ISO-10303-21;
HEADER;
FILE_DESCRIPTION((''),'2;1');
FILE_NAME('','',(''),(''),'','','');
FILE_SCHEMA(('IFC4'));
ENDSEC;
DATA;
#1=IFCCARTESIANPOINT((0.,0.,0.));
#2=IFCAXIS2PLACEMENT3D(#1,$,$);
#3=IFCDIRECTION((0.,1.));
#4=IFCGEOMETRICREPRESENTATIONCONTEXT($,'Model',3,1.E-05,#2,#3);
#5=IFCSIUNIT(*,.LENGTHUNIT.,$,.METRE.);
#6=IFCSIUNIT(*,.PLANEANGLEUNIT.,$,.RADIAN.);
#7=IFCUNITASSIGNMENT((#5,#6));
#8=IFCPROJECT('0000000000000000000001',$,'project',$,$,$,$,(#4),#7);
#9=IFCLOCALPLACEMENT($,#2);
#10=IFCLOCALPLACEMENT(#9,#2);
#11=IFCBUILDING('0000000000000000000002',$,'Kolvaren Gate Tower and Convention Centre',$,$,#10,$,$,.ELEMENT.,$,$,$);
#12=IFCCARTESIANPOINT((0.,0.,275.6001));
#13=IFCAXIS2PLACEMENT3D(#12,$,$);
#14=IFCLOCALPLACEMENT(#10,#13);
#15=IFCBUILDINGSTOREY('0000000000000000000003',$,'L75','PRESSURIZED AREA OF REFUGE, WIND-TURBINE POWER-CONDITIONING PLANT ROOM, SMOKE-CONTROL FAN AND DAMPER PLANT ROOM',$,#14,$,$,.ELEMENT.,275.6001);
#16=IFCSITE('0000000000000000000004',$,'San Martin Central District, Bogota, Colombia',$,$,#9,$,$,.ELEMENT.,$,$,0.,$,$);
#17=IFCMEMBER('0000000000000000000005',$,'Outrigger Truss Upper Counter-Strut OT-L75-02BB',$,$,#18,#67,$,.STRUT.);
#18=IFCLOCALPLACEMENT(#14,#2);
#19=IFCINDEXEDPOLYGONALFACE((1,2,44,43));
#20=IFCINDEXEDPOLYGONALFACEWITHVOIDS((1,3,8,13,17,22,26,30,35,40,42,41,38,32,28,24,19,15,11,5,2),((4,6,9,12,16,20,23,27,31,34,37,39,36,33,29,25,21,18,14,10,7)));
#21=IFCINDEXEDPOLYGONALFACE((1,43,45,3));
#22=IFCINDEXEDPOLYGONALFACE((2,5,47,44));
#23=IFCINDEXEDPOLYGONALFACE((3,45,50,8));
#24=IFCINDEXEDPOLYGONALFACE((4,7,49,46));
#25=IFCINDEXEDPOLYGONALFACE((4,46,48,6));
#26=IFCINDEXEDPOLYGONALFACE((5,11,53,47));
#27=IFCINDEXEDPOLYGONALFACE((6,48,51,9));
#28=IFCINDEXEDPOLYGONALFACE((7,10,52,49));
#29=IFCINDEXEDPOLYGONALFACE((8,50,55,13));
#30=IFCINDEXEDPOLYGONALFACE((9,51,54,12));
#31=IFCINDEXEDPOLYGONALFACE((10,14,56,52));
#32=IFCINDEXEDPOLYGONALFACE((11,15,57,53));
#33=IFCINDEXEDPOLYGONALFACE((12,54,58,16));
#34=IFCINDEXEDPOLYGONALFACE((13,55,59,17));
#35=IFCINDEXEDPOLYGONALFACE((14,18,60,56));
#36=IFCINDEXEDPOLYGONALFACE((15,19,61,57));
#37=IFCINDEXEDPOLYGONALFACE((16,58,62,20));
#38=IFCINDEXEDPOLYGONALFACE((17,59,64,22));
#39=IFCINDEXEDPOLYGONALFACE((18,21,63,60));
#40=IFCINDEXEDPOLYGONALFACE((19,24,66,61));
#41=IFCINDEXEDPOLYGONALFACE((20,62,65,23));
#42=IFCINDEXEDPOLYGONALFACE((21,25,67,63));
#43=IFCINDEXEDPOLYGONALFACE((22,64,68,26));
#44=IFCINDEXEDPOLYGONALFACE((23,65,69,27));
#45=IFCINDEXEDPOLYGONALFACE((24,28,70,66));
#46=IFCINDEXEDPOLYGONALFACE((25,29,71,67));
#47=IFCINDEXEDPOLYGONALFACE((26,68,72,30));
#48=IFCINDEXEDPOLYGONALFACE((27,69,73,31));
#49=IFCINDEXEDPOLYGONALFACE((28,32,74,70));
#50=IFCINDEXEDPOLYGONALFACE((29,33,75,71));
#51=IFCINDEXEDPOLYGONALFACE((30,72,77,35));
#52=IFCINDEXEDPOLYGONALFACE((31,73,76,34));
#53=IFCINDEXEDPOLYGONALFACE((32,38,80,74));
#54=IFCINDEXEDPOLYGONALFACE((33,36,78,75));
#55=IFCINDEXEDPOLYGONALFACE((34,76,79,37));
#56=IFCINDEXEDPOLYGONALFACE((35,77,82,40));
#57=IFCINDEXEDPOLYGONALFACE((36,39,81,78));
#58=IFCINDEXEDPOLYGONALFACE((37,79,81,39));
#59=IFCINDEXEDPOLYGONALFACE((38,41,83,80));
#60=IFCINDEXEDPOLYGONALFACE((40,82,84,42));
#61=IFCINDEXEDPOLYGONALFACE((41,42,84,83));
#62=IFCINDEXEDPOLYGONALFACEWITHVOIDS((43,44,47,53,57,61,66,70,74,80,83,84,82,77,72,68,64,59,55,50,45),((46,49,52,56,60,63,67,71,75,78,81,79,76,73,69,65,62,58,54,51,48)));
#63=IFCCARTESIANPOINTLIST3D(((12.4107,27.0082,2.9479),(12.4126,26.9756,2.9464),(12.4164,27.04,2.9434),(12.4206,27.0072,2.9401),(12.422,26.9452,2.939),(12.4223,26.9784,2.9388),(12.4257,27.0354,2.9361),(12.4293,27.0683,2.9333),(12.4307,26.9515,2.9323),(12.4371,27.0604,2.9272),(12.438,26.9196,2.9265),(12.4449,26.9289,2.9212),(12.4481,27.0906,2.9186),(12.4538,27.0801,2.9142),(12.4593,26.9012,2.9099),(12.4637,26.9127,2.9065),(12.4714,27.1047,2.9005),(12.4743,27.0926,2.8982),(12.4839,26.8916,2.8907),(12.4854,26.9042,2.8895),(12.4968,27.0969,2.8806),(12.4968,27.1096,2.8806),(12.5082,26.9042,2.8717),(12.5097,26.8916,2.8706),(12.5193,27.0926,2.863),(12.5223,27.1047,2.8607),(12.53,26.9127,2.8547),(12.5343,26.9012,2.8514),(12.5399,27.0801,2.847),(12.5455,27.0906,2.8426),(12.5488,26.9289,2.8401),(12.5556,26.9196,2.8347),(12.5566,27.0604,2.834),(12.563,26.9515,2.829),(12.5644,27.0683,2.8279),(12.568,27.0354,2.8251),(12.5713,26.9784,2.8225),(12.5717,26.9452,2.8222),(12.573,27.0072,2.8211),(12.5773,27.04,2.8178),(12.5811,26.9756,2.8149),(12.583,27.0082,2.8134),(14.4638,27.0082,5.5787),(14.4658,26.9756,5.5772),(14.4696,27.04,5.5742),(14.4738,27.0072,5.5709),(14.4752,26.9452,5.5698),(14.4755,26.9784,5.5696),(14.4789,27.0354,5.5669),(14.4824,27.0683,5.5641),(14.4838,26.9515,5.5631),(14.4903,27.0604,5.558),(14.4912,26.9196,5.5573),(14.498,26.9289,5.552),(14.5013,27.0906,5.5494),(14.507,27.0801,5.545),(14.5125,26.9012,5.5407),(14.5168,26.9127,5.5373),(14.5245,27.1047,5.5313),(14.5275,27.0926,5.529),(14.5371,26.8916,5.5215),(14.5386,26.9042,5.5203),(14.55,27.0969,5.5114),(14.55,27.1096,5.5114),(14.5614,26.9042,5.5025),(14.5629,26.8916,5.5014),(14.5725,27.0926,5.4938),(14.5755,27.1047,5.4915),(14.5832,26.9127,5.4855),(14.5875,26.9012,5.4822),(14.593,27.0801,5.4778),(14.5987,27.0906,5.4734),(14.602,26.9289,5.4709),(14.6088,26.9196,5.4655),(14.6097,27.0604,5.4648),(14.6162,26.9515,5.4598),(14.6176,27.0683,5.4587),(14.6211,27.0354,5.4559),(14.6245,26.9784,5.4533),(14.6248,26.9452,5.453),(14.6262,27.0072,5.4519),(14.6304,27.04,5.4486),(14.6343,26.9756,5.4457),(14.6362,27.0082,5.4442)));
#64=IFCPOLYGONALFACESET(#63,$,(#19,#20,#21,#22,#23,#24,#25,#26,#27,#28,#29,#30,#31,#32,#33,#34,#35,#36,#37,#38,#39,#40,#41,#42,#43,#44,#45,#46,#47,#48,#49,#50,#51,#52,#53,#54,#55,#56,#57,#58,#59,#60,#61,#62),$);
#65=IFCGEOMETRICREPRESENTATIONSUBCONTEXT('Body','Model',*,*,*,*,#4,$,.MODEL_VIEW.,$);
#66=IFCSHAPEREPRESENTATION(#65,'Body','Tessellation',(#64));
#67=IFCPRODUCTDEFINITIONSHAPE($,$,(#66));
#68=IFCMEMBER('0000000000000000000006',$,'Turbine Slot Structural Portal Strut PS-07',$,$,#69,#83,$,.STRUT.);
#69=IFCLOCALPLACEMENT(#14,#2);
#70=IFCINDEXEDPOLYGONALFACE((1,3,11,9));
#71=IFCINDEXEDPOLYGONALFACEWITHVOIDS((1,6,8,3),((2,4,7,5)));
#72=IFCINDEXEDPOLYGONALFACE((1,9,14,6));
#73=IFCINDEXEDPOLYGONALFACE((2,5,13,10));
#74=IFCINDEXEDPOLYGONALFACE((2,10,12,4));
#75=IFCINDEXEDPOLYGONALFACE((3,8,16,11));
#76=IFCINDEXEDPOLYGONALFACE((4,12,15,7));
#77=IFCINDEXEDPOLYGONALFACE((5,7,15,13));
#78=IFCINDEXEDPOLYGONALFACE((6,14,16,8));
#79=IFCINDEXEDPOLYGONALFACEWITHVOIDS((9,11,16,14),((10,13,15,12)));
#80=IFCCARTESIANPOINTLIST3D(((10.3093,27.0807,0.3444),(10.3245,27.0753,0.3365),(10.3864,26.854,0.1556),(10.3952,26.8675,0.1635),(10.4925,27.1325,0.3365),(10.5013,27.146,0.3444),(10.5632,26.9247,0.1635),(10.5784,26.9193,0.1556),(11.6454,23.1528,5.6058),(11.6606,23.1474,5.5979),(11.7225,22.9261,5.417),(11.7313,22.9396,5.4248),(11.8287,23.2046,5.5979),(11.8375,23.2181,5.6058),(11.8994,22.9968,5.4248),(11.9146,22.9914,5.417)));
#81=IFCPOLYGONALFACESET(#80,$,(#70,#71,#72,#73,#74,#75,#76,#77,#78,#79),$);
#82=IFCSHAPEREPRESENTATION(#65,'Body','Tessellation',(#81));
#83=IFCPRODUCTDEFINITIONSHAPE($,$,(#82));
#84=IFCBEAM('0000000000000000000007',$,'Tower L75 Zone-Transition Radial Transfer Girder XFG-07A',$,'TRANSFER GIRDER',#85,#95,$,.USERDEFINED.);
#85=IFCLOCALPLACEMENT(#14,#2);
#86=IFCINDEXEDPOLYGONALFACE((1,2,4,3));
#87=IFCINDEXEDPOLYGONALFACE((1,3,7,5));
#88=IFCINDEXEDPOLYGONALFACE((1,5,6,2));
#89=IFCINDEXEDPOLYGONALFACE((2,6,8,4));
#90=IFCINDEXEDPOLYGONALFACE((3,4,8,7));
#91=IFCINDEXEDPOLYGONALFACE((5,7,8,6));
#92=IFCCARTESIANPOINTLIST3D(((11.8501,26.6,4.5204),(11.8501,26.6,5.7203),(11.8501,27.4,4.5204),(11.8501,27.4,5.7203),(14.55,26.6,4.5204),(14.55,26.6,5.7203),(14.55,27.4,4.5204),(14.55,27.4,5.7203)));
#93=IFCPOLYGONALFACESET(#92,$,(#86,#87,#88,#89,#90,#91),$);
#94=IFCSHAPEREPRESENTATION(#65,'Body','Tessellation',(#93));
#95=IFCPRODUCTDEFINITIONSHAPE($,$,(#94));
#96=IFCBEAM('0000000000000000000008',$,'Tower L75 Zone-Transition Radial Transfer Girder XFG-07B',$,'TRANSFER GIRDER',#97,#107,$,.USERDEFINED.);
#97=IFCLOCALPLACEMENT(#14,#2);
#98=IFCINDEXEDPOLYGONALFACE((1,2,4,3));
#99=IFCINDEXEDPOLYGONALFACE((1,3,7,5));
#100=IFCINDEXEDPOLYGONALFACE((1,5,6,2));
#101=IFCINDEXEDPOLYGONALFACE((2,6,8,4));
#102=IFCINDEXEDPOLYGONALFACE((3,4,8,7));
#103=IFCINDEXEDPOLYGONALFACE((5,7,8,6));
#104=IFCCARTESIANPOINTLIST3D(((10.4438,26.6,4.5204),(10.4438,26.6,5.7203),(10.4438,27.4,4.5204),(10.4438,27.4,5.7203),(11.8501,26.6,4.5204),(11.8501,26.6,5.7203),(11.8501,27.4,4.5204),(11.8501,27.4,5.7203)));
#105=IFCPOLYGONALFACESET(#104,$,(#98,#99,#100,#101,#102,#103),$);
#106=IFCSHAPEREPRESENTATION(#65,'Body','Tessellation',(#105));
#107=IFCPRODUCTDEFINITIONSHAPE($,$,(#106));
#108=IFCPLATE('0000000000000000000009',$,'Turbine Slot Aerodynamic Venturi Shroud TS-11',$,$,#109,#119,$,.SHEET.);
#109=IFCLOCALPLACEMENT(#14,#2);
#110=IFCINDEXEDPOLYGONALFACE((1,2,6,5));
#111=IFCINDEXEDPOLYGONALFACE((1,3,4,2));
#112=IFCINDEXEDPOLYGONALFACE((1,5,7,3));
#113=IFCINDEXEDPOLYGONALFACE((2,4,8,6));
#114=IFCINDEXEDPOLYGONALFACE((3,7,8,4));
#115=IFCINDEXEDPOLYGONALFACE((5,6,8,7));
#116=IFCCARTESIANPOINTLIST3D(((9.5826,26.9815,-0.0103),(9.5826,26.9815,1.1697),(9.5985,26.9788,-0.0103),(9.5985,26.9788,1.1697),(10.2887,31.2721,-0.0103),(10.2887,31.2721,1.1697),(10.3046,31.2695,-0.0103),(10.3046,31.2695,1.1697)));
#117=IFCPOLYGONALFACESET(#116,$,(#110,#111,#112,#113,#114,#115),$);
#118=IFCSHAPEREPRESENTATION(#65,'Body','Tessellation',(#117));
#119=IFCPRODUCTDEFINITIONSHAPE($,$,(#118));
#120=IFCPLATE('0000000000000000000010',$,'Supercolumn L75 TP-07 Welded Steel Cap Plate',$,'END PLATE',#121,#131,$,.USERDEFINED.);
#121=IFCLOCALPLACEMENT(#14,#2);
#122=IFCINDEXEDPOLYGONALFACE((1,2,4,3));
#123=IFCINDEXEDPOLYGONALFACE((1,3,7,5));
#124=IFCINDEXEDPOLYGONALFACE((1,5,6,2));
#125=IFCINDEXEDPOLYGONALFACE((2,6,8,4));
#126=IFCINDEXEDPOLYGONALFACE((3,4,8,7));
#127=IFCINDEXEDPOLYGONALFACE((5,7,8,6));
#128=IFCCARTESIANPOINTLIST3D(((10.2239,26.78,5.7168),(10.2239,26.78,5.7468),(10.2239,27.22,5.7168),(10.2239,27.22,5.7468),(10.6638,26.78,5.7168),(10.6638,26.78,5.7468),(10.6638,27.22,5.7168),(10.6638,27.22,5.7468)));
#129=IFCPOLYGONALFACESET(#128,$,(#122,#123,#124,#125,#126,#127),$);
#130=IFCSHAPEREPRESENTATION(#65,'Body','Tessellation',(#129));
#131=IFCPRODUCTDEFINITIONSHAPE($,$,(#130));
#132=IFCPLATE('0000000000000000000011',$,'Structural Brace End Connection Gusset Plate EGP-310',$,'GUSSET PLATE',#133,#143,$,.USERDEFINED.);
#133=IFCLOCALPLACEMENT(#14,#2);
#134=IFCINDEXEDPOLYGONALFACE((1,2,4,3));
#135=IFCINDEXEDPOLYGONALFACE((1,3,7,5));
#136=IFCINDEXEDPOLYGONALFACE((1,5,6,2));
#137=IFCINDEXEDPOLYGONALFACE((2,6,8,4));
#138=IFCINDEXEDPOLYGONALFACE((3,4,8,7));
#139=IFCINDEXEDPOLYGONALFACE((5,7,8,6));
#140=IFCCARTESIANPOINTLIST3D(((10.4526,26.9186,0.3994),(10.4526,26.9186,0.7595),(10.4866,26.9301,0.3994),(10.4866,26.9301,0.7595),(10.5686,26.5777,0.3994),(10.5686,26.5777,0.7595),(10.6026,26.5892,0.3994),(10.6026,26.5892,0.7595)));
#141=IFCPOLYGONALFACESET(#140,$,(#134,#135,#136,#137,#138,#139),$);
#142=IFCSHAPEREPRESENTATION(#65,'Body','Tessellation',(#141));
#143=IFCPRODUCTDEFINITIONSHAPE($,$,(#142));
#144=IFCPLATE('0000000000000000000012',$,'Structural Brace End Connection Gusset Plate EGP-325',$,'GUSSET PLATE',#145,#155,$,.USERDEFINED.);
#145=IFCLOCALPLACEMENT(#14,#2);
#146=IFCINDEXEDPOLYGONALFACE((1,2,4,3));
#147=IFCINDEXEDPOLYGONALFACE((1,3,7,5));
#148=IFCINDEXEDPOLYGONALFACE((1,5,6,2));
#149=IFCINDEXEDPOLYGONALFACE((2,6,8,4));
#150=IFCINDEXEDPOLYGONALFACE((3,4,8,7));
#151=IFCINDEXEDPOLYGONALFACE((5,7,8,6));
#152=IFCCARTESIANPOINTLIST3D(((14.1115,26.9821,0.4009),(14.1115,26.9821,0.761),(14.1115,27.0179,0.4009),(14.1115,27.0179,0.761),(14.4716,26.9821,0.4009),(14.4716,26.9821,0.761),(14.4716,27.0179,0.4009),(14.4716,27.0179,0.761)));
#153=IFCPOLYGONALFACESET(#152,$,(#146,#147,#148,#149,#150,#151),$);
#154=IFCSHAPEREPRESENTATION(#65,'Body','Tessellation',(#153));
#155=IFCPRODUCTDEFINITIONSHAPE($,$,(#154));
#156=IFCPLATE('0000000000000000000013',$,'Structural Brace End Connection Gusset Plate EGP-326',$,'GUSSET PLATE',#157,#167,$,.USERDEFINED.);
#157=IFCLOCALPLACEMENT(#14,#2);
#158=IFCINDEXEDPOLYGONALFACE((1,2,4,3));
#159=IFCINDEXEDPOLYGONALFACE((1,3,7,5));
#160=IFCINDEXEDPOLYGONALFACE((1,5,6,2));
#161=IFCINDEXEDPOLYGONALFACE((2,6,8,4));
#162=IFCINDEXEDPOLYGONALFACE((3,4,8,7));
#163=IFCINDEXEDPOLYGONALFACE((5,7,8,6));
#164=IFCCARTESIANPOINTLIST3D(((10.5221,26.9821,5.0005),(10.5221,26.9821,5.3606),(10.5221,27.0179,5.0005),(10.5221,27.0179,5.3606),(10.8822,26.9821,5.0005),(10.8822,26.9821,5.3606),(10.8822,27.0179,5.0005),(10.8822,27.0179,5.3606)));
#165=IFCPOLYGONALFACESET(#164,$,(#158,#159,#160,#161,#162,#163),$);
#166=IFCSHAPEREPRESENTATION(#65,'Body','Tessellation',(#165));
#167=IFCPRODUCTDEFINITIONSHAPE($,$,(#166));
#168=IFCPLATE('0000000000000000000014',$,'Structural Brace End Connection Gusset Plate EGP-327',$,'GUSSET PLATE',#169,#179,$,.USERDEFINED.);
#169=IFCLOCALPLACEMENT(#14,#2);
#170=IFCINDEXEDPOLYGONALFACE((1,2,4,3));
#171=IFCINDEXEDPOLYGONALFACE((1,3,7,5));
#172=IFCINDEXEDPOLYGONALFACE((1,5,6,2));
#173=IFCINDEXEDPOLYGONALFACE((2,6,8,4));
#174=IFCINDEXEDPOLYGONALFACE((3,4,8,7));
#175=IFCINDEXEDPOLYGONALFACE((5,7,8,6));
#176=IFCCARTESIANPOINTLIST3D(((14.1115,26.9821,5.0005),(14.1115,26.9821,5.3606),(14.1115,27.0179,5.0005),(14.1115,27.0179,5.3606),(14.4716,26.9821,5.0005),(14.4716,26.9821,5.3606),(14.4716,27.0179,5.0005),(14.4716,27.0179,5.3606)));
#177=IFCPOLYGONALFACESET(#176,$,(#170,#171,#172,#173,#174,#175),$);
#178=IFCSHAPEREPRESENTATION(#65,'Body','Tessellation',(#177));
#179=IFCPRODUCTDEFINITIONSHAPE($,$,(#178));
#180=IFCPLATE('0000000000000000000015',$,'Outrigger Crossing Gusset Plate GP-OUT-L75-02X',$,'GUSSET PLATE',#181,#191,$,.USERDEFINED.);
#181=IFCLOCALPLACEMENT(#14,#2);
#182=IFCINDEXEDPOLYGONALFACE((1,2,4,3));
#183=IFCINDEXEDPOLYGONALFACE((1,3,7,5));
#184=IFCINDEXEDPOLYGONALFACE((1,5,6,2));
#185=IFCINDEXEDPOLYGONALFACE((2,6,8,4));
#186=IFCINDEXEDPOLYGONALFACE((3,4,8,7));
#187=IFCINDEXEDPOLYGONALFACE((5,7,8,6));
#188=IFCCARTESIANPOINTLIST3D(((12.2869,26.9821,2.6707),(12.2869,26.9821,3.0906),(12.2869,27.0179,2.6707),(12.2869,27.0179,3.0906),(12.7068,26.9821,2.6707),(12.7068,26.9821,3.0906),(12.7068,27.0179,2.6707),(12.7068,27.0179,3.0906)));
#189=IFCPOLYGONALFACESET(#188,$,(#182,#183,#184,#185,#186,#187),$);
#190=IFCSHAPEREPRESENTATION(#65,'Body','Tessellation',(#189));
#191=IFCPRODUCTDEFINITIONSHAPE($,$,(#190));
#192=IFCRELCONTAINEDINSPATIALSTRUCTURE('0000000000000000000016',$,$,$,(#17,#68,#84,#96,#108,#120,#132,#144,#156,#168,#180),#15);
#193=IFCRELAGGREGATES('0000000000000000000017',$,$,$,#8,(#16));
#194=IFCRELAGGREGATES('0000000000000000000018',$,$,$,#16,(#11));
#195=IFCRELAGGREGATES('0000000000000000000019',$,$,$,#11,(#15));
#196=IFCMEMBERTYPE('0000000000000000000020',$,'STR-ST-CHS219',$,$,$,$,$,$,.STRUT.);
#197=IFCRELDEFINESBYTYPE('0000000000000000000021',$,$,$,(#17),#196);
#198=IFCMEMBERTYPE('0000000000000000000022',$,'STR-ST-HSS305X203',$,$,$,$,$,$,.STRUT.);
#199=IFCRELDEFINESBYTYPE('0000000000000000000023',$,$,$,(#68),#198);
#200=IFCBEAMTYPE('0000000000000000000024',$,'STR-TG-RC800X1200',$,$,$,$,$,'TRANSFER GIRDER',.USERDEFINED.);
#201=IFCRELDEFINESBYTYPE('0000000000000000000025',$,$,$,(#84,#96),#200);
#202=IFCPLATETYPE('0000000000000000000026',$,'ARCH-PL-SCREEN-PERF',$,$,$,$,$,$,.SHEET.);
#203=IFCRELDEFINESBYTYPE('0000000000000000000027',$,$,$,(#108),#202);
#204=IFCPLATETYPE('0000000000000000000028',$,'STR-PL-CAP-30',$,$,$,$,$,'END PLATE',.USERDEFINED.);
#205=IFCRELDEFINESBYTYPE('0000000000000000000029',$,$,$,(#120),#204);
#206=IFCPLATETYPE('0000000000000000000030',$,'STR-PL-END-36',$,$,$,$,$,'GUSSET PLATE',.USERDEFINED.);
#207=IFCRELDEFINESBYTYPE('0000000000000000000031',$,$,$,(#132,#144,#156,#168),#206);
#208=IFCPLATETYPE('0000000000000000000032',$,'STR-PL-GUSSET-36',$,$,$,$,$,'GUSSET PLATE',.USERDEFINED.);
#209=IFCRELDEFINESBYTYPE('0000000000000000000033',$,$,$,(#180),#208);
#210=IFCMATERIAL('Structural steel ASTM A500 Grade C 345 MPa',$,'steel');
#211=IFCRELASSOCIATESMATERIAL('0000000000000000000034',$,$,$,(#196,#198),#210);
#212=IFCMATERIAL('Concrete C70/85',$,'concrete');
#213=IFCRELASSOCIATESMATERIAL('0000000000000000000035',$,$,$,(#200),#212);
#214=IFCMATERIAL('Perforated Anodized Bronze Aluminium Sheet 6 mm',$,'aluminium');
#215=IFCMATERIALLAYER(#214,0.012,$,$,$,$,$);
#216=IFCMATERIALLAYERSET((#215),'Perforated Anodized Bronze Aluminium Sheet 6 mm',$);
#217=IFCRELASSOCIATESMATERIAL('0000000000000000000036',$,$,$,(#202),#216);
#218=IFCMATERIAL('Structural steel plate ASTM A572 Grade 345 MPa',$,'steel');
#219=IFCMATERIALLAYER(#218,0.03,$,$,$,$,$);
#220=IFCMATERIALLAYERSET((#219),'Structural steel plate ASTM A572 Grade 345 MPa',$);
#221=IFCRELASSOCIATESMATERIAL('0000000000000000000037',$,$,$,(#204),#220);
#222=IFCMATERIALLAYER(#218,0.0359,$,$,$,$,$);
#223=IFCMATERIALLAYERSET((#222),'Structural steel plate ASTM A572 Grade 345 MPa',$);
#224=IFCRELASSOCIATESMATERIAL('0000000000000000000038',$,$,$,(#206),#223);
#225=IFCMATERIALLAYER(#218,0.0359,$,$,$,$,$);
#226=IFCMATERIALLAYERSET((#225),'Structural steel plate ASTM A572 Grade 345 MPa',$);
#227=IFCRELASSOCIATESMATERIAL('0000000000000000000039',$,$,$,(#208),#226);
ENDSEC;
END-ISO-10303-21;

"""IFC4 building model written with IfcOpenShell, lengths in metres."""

from ifc_helpers import new_model, si_unit, direction, frame, origin, origin_2d, place, context, subcontext, project, spatial, rectangle, hollow_rectangle, hollow_circle, extrude, material, layer, layer_set, material_profile, profile_set, type_object, element, save


model = new_model("IFC4")

# Units and contexts
model_context = context("Model", 3, precision=1e-05, world=origin(), true_north=direction((0.0, 1.0)))
body_context = subcontext(model_context, "Body", "Model", "MODEL_VIEW")
ifc_project = project(units=[si_unit("LENGTHUNIT", "METRE"), si_unit("PLANEANGLEUNIT", "RADIAN")], contexts=[model_context])

# Site, building, storey
site_placement = place(None, origin())
site = spatial("IfcSite", under=ifc_project, at=site_placement, Name="San Martin Central District, Bogota, Colombia", CompositionType="ELEMENT", RefElevation=0.0)
building_placement = place(site_placement, origin())
building = spatial("IfcBuilding", under=site, at=building_placement, Name="Kolvaren Gate Tower and Convention Centre", CompositionType="ELEMENT")
storey_placement = place(building_placement, frame((0.0, 0.0, 275.6001)))
storey = spatial("IfcBuildingStorey", under=building, at=storey_placement, Name="L75", Description="PRESSURIZED AREA OF REFUGE, WIND-TURBINE POWER-CONDITIONING PLANT ROOM, SMOKE-CONTROL FAN AND DAMPER PLANT ROOM", CompositionType="ELEMENT", Elevation=275.6001)

# Shared definitions
ifc_material_1 = material(Name="Structural steel ASTM A500 Grade C 345 MPa", Category="steel")

# Members
ifc_material_profile_1 = material_profile(ifc_material_1, hollow_circle(Radius=0.1096, WallThickness=0.0127, at=origin_2d()), Name="CHS219X12.7")
ifc_profile_set_1 = profile_set([ifc_material_profile_1], Name="Structural steel ASTM A500 Grade C 345 MPa")
member_type_1 = type_object("IfcMemberType", Name="STR-ST-CHS219", PredefinedType="STRUT", material=ifc_profile_set_1)
member_1_placement = place(storey_placement, frame((12.4968, 27.0, 2.8806), z_axis=(0.615246, 0.0, 0.788335), x_axis=(0.0, 1.0, 0.0)))
element("IfcMember", 1, at=member_1_placement, inside=storey, type_object=member_type_1, Name="Outrigger Truss Upper Counter-Strut OT-L75-02BB", PredefinedType="STRUT", context=body_context, shape_type="SweptSolid", body=[
    extrude(hollow_circle(Radius=0.1096, WallThickness=0.0127, at=origin_2d()), origin(), (0.0, 0.0, 1.0), 3.3372),
])
ifc_material_profile_2 = material_profile(ifc_material_1, hollow_rectangle(XDim=0.2029, YDim=0.3049, WallThickness=0.0127, at=origin_2d()), Name="HSS305X203X12.7")
ifc_profile_set_2 = profile_set([ifc_material_profile_2], Name="Structural steel ASTM A500 Grade C 345 MPa")
member_type_2 = type_object("IfcMemberType", Name="STR-ST-HSS305X203", PredefinedType="STRUT", material=ifc_profile_set_2)
member_2_placement = place(storey_placement, frame((10.4438, 27.0, 0.25), z_axis=(0.199413, -0.586216, 0.785229), x_axis=(0.946724, 0.322047, 0.0)))
element("IfcMember", 2, at=member_2_placement, inside=storey, type_object=member_type_2, Name="Turbine Slot Structural Portal Strut PS-07", PredefinedType="STRUT", context=body_context, shape_type="SweptSolid", body=[
    extrude(hollow_rectangle(XDim=0.2029, YDim=0.3049, WallThickness=0.0127, at=origin_2d()), origin(), (0.0, 0.0, 1.0), 6.7004),
])

# Beams
ifc_material_2 = material(Name="Concrete C70/85", Category="concrete")
ifc_material_profile_3 = material_profile(ifc_material_2, rectangle(XDim=0.8, YDim=1.2, at=origin_2d()), Name="RC-BM-800X1200")
ifc_profile_set_3 = profile_set([ifc_material_profile_3], Name="Concrete C70/85")
beam_type_1 = type_object("IfcBeamType", Name="STR-TG-RC800X1200", ElementType="TRANSFER GIRDER", PredefinedType="USERDEFINED", material=ifc_profile_set_3)
beam_1_placement = place(storey_placement, frame((14.55, 27.0, 5.1204), z_axis=(-1.0, 0.0, 0.0), x_axis=(0.0, -1.0, 0.0)))
element("IfcBeam", 3, at=beam_1_placement, inside=storey, type_object=beam_type_1, Name="Tower L75 Zone-Transition Radial Transfer Girder XFG-07A", ObjectType="TRANSFER GIRDER", PredefinedType="USERDEFINED", context=body_context, shape_type="SweptSolid", body=[
    extrude(rectangle(XDim=0.8, YDim=1.2, at=origin_2d()), origin(), (0.0, 0.0, 1.0), 2.7),
])
beam_2_placement = place(storey_placement, frame((11.8501, 27.0, 5.1204), z_axis=(-1.0, 0.0, 0.0), x_axis=(0.0, -1.0, 0.0)))
element("IfcBeam", 4, at=beam_2_placement, inside=storey, type_object=beam_type_1, Name="Tower L75 Zone-Transition Radial Transfer Girder XFG-07B", ObjectType="TRANSFER GIRDER", PredefinedType="USERDEFINED", context=body_context, shape_type="SweptSolid", body=[
    extrude(rectangle(XDim=0.8, YDim=1.2, at=origin_2d()), origin(), (0.0, 0.0, 1.0), 1.4062),
])

# Plates
ifc_material_3 = material(Name="Perforated Anodized Bronze Aluminium Sheet 6 mm", Category="aluminium")
ifc_layer_1 = layer(ifc_material_3, 0.012)
ifc_layer_set_1 = layer_set([ifc_layer_1], Name="Perforated Anodized Bronze Aluminium Sheet 6 mm")
plate_type_1 = type_object("IfcPlateType", Name="ARCH-PL-SCREEN-PERF", PredefinedType="SHEET", material=ifc_layer_set_1)
plate_1_placement = place(storey_placement, frame((9.9436, 29.1255, -0.0103), z_axis=(0.0, 0.0, 1.0), x_axis=(0.162386, 0.986727, 0.0)))
element("IfcPlate", 5, at=plate_1_placement, inside=storey, type_object=plate_type_1, Name="Turbine Slot Aerodynamic Venturi Shroud TS-11", PredefinedType="SHEET", context=body_context, shape_type="SweptSolid", body=[
    extrude(rectangle(XDim=4.3484, YDim=0.0161, at=origin_2d()), origin(), (0.0, 0.0, 1.0), 1.1799),
])
ifc_material_4 = material(Name="Structural steel plate ASTM A572 Grade 345 MPa", Category="steel")
ifc_layer_2 = layer(ifc_material_4, 0.03)
ifc_layer_set_2 = layer_set([ifc_layer_2], Name="Structural steel plate ASTM A572 Grade 345 MPa")
plate_type_2 = type_object("IfcPlateType", Name="STR-PL-CAP-30", ElementType="END PLATE", PredefinedType="USERDEFINED", material=ifc_layer_set_2)
plate_2_placement = place(storey_placement, frame((10.4438, 27.0, 5.7168), z_axis=(0.0, 0.0, 1.0), x_axis=(1.0, 0.0, 0.0)))
element("IfcPlate", 6, at=plate_2_placement, inside=storey, type_object=plate_type_2, Name="Supercolumn L75 TP-07 Welded Steel Cap Plate", ObjectType="END PLATE", PredefinedType="USERDEFINED", context=body_context, shape_type="SweptSolid", body=[
    extrude(rectangle(XDim=0.4399, YDim=0.4399, at=origin_2d()), origin(), (0.0, 0.0, 1.0), 0.03),
])
ifc_layer_3 = layer(ifc_material_4, 0.0359)
ifc_layer_set_3 = layer_set([ifc_layer_3], Name="Structural steel plate ASTM A572 Grade 345 MPa")
plate_type_3 = type_object("IfcPlateType", Name="STR-PL-END-36", ElementType="GUSSET PLATE", PredefinedType="USERDEFINED", material=ifc_layer_set_3)
for number, where, z_axis, x_axis, name in (
    (7, (10.5276, 26.7539, 0.3994), (0.0, 0.0, 1.0), (0.322049, -0.946723, 0.0), "Structural Brace End Connection Gusset Plate EGP-310"),
    (8, (14.2915, 27.0, 0.4009), (0.0, 0.0, 1.0), (-1.0, 0.0, 0.0), "Structural Brace End Connection Gusset Plate EGP-325"),
    (9, (10.7021, 27.0, 5.0005), (0.0, 0.0, 1.0), (-1.0, 0.0, 0.0), "Structural Brace End Connection Gusset Plate EGP-326"),
    (10, (14.2915, 27.0, 5.0005), (0.0, 0.0, 1.0), (1.0, 0.0, 0.0), "Structural Brace End Connection Gusset Plate EGP-327"),
):
    element("IfcPlate", number, at=place(storey_placement, frame(where, z_axis=z_axis, x_axis=x_axis)), inside=storey, type_object=plate_type_3, Name=name, ObjectType="GUSSET PLATE", PredefinedType="USERDEFINED", context=body_context, shape_type="SweptSolid", body=[
        extrude(rectangle(XDim=0.3601, YDim=0.0359, at=origin_2d()), origin(), (0.0, 0.0, 1.0), 0.3601),
    ])
ifc_layer_4 = layer(ifc_material_4, 0.0359)
ifc_layer_set_4 = layer_set([ifc_layer_4], Name="Structural steel plate ASTM A572 Grade 345 MPa")
plate_type_4 = type_object("IfcPlateType", Name="STR-PL-GUSSET-36", ElementType="GUSSET PLATE", PredefinedType="USERDEFINED", material=ifc_layer_set_4)
plate_3_placement = place(storey_placement, frame((12.4968, 27.0, 2.6707), z_axis=(0.0, 0.0, 1.0), x_axis=(-1.0, 0.0, 0.0)))
element("IfcPlate", 11, at=plate_3_placement, inside=storey, type_object=plate_type_4, Name="Outrigger Crossing Gusset Plate GP-OUT-L75-02X", ObjectType="GUSSET PLATE", PredefinedType="USERDEFINED", context=body_context, shape_type="SweptSolid", body=[
    extrude(rectangle(XDim=0.4199, YDim=0.0359, at=origin_2d()), origin(), (0.0, 0.0, 1.0), 0.4199),
])

save(model, "model.ifc")
